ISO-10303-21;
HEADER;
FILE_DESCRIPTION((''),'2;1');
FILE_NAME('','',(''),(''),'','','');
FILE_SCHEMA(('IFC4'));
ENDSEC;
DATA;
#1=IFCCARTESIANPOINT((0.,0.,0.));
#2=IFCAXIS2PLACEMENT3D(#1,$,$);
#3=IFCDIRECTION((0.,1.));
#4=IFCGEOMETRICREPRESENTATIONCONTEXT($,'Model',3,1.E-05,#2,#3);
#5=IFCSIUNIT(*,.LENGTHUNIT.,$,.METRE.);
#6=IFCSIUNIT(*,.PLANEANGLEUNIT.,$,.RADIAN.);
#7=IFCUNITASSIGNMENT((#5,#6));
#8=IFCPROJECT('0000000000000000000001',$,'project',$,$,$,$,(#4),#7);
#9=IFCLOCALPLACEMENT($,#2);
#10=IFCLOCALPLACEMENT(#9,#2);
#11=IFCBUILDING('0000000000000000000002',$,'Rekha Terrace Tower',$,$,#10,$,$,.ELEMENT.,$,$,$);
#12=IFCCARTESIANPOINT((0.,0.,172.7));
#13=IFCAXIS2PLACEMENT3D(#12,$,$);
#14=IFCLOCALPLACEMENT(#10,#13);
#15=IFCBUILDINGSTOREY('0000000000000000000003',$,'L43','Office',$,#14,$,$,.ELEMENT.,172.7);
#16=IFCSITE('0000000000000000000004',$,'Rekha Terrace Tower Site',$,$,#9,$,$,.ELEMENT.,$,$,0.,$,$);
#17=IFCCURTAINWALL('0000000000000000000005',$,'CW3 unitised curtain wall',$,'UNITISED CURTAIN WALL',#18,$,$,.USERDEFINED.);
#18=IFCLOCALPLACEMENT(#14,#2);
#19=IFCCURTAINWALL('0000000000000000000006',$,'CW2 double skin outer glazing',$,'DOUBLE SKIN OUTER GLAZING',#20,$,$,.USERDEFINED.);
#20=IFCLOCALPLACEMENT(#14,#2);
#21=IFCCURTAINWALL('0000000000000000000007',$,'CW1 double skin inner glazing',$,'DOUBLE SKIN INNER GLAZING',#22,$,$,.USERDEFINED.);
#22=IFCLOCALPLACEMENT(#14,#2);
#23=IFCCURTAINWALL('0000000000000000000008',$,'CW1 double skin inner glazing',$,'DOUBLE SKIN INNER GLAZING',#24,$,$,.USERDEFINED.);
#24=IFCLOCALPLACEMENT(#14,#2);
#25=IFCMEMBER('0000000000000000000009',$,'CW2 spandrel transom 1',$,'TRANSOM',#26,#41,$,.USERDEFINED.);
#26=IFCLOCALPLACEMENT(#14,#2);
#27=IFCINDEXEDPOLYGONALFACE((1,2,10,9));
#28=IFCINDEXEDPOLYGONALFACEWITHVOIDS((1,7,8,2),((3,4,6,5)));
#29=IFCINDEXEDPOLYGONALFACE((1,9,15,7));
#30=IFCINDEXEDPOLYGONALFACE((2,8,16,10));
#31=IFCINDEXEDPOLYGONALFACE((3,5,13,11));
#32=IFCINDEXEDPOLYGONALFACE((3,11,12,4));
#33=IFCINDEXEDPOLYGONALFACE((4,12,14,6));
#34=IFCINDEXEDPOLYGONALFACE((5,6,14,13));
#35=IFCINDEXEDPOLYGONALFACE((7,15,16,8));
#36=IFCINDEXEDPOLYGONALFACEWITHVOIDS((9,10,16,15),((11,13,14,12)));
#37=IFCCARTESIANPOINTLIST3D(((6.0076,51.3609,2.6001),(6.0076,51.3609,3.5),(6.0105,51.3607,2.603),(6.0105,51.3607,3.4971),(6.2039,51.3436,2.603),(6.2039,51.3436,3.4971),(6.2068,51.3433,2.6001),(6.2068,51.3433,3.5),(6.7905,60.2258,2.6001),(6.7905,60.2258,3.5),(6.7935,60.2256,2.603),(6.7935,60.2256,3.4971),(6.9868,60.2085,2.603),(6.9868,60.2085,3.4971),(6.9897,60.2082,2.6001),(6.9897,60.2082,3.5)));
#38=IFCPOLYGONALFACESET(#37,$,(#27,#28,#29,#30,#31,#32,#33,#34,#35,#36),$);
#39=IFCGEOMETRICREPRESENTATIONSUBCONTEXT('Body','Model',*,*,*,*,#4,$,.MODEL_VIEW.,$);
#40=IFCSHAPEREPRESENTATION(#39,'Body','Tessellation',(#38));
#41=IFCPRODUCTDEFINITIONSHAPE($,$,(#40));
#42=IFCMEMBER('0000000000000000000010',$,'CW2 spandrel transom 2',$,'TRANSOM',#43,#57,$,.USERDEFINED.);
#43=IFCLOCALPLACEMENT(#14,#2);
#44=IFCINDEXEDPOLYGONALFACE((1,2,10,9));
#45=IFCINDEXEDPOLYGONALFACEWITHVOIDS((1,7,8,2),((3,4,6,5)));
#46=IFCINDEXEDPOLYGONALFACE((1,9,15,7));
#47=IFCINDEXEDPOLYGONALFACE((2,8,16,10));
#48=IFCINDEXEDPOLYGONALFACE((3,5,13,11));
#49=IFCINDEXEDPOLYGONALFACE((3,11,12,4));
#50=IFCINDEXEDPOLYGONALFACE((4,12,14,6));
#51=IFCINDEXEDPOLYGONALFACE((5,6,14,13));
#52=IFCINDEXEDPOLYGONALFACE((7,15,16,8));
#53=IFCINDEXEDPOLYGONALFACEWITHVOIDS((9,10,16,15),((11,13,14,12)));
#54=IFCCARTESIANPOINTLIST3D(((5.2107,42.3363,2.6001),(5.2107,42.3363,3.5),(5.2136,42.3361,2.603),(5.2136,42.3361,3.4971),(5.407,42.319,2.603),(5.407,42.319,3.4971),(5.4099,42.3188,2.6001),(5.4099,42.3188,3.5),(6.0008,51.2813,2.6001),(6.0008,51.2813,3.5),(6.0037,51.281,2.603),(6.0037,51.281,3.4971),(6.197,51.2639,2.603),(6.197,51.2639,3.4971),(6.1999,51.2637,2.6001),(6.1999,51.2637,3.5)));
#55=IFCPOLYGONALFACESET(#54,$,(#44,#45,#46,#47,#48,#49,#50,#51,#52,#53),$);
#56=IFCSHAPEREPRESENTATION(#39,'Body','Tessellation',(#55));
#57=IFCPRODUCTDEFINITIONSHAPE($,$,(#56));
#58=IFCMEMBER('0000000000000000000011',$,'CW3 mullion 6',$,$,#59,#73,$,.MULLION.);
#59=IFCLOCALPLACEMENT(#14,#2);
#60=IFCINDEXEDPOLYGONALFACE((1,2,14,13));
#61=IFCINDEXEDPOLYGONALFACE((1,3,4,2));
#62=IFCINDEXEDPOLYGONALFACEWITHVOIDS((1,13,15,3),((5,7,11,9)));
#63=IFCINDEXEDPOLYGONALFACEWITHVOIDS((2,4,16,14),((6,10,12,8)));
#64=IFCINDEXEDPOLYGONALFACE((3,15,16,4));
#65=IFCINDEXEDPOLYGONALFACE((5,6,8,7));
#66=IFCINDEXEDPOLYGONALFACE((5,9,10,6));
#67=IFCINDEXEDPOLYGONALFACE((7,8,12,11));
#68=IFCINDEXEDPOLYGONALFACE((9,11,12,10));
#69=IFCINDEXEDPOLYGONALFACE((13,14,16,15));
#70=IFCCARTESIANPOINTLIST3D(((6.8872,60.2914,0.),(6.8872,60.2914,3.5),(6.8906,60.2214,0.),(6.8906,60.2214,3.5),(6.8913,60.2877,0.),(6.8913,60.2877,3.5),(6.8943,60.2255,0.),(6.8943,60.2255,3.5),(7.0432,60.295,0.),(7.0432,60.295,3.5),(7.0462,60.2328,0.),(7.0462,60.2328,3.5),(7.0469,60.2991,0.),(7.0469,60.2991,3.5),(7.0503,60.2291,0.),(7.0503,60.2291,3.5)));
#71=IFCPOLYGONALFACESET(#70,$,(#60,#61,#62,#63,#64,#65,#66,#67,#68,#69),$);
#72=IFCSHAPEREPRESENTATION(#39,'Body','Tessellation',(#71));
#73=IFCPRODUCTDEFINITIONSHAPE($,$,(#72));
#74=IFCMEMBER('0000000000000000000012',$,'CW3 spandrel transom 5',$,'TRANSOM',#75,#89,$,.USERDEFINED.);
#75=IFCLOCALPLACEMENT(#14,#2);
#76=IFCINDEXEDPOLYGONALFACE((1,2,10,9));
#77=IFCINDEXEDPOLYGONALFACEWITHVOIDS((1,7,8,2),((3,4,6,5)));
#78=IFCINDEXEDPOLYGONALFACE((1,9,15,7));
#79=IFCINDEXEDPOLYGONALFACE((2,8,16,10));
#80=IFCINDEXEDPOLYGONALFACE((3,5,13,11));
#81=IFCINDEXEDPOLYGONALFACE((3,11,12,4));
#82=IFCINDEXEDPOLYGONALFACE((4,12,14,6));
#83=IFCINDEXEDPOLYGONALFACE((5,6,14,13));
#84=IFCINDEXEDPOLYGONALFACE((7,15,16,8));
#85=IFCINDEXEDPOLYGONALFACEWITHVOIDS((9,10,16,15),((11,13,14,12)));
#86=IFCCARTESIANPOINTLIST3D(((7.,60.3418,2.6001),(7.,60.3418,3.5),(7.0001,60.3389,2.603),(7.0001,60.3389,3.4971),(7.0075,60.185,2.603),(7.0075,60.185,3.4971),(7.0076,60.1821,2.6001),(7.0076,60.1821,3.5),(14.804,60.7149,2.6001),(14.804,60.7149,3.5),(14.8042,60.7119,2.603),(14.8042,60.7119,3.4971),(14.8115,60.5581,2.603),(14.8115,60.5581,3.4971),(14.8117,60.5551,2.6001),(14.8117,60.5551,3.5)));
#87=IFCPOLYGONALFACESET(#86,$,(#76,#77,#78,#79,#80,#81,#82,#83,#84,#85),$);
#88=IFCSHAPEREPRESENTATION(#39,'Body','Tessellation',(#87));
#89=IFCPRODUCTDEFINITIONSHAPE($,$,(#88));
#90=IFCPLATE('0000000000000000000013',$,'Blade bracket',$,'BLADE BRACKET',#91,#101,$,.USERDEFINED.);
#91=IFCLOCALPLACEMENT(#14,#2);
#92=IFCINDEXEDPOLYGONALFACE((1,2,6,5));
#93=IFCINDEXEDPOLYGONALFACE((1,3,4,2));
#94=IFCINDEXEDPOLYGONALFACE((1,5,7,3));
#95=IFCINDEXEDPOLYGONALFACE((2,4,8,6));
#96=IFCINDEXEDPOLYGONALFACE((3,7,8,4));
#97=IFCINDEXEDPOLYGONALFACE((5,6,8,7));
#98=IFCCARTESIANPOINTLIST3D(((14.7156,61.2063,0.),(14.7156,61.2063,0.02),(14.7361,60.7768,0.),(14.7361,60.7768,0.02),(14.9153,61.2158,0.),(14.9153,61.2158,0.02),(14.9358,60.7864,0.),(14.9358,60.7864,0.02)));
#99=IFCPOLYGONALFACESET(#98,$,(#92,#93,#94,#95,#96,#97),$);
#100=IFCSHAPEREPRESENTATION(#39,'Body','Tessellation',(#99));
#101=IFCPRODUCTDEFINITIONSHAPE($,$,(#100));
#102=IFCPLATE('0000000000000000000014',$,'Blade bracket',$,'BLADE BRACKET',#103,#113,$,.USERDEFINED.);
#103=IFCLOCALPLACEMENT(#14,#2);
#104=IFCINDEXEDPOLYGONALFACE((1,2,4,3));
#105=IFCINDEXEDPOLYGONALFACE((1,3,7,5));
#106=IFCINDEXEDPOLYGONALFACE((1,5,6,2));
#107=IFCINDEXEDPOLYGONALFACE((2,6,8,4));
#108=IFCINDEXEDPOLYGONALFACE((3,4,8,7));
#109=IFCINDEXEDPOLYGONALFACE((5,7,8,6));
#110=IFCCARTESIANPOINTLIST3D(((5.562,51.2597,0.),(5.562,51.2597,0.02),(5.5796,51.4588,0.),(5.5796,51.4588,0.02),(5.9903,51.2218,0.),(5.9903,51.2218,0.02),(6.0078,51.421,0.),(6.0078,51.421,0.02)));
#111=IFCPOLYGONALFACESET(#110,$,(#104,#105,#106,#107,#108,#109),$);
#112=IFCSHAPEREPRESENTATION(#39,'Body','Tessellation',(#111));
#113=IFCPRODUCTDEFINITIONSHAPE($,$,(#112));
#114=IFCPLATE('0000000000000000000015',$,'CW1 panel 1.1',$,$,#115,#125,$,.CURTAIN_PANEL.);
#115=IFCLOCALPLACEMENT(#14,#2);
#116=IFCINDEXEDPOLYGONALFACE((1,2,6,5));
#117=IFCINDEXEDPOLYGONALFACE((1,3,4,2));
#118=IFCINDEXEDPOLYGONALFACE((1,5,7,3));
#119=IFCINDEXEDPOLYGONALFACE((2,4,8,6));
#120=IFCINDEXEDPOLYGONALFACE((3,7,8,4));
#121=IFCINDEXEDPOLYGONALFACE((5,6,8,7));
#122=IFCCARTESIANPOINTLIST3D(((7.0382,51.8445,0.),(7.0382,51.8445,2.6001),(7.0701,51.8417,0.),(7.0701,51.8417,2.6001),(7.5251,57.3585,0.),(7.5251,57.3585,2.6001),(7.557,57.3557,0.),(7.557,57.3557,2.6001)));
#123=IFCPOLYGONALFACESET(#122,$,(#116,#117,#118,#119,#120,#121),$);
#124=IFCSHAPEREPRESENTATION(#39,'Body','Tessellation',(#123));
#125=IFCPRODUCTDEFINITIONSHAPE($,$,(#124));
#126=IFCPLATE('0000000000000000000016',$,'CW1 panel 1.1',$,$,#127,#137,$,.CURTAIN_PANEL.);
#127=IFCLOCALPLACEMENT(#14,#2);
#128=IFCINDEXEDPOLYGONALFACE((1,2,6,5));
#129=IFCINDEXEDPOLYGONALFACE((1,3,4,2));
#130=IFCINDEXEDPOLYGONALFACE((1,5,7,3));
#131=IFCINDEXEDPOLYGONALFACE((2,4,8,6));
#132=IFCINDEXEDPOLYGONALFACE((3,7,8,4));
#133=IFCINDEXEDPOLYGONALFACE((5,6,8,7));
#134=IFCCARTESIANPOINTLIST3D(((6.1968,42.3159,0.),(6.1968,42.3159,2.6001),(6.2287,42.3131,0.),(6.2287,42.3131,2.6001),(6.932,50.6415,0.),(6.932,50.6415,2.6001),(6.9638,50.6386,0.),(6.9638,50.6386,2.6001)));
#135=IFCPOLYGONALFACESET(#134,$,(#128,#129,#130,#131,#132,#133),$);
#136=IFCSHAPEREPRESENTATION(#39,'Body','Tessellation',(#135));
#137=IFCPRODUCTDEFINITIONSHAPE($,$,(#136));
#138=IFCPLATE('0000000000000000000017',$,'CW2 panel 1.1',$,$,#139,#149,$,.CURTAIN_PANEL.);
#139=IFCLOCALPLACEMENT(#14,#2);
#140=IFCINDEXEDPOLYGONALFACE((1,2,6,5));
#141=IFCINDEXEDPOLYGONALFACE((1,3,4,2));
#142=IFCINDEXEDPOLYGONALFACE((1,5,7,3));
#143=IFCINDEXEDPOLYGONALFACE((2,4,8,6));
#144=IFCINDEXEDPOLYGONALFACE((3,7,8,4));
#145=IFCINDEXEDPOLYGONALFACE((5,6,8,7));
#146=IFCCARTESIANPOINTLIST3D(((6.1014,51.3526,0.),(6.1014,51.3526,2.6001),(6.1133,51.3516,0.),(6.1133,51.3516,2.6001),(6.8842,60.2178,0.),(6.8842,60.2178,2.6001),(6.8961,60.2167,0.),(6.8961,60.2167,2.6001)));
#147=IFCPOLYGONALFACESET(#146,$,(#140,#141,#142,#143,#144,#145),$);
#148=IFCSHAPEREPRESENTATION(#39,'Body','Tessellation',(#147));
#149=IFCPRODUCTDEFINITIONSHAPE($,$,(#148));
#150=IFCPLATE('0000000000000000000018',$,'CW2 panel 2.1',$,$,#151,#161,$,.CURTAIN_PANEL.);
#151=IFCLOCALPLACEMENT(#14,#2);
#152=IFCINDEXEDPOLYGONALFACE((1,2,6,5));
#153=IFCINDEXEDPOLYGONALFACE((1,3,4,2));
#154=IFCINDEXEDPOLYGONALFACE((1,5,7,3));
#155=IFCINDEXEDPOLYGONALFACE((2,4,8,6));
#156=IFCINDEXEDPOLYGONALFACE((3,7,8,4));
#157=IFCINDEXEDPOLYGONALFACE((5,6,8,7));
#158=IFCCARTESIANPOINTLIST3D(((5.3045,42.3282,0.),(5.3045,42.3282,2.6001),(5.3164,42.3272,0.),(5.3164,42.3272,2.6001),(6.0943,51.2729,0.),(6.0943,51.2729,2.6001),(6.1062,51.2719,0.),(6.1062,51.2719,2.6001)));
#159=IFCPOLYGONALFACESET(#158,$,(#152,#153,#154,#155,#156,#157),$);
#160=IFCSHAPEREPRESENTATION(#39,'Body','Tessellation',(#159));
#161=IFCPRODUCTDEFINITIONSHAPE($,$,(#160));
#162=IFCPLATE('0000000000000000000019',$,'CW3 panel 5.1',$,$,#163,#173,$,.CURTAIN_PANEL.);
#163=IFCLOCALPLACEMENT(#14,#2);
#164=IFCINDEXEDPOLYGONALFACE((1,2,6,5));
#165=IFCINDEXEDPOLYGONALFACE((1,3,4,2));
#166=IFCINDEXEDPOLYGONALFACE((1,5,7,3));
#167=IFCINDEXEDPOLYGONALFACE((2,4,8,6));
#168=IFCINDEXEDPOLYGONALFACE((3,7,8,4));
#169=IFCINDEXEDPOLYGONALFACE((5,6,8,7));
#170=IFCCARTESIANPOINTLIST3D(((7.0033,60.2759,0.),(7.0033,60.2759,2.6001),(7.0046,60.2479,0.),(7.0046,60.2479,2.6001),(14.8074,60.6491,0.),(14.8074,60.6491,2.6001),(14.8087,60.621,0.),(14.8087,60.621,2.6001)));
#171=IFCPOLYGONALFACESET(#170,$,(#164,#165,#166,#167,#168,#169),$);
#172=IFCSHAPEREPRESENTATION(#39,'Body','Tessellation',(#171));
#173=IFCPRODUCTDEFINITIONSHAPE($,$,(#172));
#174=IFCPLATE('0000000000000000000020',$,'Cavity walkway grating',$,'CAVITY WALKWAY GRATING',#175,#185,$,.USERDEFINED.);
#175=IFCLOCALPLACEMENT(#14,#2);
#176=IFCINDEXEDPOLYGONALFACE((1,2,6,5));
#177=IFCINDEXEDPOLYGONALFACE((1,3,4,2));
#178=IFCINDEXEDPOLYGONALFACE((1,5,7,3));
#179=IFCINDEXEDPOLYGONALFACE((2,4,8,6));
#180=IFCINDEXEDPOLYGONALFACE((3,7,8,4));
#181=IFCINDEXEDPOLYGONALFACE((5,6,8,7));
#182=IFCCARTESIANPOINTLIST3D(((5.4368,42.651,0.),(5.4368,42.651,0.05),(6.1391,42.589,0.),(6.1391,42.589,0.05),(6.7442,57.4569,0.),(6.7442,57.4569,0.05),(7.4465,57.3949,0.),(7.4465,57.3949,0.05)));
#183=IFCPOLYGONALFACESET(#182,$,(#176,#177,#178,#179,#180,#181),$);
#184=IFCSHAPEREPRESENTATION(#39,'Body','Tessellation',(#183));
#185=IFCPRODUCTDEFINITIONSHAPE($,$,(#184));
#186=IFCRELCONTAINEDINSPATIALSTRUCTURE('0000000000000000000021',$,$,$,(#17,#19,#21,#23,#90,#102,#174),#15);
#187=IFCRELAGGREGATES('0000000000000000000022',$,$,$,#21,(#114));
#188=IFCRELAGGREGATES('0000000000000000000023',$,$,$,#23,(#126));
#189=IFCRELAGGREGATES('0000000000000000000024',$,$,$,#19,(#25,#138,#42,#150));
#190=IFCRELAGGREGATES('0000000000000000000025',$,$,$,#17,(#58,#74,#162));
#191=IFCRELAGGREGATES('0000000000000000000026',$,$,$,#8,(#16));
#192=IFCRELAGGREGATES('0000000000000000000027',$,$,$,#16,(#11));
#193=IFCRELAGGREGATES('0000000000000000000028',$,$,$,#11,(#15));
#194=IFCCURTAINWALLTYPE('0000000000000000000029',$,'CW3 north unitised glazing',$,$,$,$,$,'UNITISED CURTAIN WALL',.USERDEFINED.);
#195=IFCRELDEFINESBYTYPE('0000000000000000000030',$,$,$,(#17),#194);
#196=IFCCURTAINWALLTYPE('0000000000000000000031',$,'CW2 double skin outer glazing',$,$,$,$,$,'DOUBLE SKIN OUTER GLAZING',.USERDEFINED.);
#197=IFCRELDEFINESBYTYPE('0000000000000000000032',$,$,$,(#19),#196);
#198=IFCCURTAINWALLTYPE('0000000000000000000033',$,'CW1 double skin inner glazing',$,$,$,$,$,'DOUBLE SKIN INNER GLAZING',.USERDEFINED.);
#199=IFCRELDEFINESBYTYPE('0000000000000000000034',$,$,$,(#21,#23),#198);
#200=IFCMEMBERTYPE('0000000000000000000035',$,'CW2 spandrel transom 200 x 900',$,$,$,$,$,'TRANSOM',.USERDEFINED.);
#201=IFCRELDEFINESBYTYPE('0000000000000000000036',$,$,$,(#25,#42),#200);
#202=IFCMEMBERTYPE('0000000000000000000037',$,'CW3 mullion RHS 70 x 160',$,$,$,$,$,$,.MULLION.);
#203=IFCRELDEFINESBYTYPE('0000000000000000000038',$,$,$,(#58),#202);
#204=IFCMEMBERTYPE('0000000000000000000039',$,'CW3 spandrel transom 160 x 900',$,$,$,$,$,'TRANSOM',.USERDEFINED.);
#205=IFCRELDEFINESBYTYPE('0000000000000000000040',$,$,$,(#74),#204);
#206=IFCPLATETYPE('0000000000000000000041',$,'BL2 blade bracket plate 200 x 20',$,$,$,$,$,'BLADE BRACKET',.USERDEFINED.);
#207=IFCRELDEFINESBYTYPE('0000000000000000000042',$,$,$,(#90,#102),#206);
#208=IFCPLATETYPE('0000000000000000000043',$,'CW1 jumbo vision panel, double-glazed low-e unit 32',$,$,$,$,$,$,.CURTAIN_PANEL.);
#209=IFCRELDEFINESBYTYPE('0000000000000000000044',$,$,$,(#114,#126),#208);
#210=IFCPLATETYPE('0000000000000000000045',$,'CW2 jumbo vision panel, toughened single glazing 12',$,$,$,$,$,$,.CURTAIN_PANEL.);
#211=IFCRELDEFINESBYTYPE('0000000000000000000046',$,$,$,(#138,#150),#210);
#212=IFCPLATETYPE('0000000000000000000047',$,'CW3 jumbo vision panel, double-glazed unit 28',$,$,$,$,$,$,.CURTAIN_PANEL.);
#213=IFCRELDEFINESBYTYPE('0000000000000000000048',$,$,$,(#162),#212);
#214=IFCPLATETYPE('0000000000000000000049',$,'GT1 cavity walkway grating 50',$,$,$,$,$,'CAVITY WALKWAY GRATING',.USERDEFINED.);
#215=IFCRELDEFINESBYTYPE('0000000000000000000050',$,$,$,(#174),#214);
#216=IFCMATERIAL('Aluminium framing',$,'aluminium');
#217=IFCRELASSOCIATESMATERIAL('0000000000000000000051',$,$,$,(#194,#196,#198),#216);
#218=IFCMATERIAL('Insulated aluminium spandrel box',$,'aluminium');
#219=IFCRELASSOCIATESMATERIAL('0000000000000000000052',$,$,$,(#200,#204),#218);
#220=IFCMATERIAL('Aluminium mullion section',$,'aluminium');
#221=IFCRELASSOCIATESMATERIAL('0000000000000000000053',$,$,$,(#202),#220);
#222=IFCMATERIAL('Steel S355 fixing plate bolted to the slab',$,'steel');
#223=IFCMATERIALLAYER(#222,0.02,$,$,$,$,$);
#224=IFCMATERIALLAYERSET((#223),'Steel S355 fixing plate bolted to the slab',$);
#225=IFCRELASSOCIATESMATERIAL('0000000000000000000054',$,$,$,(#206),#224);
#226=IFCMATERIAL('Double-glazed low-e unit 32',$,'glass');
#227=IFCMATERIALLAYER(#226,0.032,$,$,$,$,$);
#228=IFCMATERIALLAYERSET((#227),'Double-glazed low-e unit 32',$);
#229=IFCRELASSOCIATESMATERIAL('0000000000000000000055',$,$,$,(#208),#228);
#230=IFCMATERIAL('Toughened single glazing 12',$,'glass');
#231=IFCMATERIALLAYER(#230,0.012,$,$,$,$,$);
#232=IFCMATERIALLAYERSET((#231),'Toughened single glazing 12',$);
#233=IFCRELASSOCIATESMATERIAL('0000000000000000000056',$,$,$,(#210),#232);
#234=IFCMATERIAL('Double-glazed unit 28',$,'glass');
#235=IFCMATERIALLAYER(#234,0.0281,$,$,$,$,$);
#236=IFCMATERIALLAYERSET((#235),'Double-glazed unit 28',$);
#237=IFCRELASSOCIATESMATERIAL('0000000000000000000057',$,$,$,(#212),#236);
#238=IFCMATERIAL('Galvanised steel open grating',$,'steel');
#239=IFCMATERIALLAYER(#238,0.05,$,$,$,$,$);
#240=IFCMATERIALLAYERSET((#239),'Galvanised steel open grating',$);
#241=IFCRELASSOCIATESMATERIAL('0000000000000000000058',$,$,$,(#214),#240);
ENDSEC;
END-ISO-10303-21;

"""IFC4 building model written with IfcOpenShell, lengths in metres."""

from ifc_helpers import new_model, si_unit, direction, frame, origin, origin_2d, place, context, subcontext, project, spatial, rectangle, hollow_rectangle, extrude, material, layer, layer_set, material_profile, profile_set, type_object, element, aggregate, save


model = new_model("IFC4")

# Units and contexts
model_context = context("Model", 3, precision=1e-05, world=origin(), true_north=direction((0.0, 1.0)))
body_context = subcontext(model_context, "Body", "Model", "MODEL_VIEW")
ifc_project = project(units=[si_unit("LENGTHUNIT", "METRE"), si_unit("PLANEANGLEUNIT", "RADIAN")], contexts=[model_context])

# Site, building, storey
site_placement = place(None, origin())
site = spatial("IfcSite", under=ifc_project, at=site_placement, Name="Rekha Terrace Tower Site", CompositionType="ELEMENT", RefElevation=0.0)
building_placement = place(site_placement, origin())
building = spatial("IfcBuilding", under=site, at=building_placement, Name="Rekha Terrace Tower", CompositionType="ELEMENT")
storey_placement = place(building_placement, frame((0.0, 0.0, 172.7)))
storey = spatial("IfcBuildingStorey", under=building, at=storey_placement, Name="L43", Description="Office", CompositionType="ELEMENT", Elevation=172.7)

# Curtain walls
ifc_material_1 = material(Name="Aluminium framing", Category="aluminium")
curtain_wall_type_1 = type_object("IfcCurtainWallType", Name="CW3 north unitised glazing", ElementType="UNITISED CURTAIN WALL", PredefinedType="USERDEFINED", material=ifc_material_1)
curtain_wall_1_placement = place(storey_placement, origin())
curtain_wall_1 = element("IfcCurtainWall", 1, at=curtain_wall_1_placement, inside=storey, type_object=curtain_wall_type_1, Name="CW3 unitised curtain wall", ObjectType="UNITISED CURTAIN WALL", PredefinedType="USERDEFINED")
curtain_wall_type_2 = type_object("IfcCurtainWallType", Name="CW2 double skin outer glazing", ElementType="DOUBLE SKIN OUTER GLAZING", PredefinedType="USERDEFINED", material=ifc_material_1)
curtain_wall_2_placement = place(storey_placement, origin())
curtain_wall_2 = element("IfcCurtainWall", 2, at=curtain_wall_2_placement, inside=storey, type_object=curtain_wall_type_2, Name="CW2 double skin outer glazing", ObjectType="DOUBLE SKIN OUTER GLAZING", PredefinedType="USERDEFINED")

# Curtain wall
curtain_wall_type_3 = type_object("IfcCurtainWallType", Name="CW1 double skin inner glazing", ElementType="DOUBLE SKIN INNER GLAZING", PredefinedType="USERDEFINED", material=ifc_material_1)
curtain_wall_3_placement = place(storey_placement, origin())
curtain_wall_3 = element("IfcCurtainWall", 3, at=curtain_wall_3_placement, inside=storey, type_object=curtain_wall_type_3, Name="CW1 double skin inner glazing", ObjectType="DOUBLE SKIN INNER GLAZING", PredefinedType="USERDEFINED")
ifc_material_2 = material(Name="Aluminium mullion section", Category="aluminium")

# Curtain wall
curtain_wall_4_placement = place(storey_placement, origin())
curtain_wall_4 = element("IfcCurtainWall", 4, at=curtain_wall_4_placement, inside=storey, type_object=curtain_wall_type_3, Name="CW1 double skin inner glazing", ObjectType="DOUBLE SKIN INNER GLAZING", PredefinedType="USERDEFINED")

# Members
ifc_material_3 = material(Name="Insulated aluminium spandrel box", Category="aluminium")
ifc_material_profile_1 = material_profile(ifc_material_3, hollow_rectangle(XDim=0.2, YDim=0.8999, WallThickness=0.0029, at=origin_2d()), Name="AL SPANDREL BOX 200x900")
ifc_profile_set_1 = profile_set([ifc_material_profile_1], Name="Insulated aluminium spandrel box")
member_type_1 = type_object("IfcMemberType", Name="CW2 spandrel transom 200 x 900", ElementType="TRANSOM", PredefinedType="USERDEFINED", material=ifc_profile_set_1)
member_1_placement = place(storey_placement, frame((6.8901, 60.217, 3.05), z_axis=(-0.087978, -0.996122, 0.0), x_axis=(0.996122, -0.087978, 0.0)))
member_1 = element("IfcMember", 5, at=member_1_placement, type_object=member_type_1, Name="CW2 spandrel transom 1", ObjectType="TRANSOM", PredefinedType="USERDEFINED", context=body_context, shape_type="SweptSolid", body=[
    extrude(hollow_rectangle(XDim=0.2, YDim=0.8999, WallThickness=0.0029, at=origin_2d()), origin(), (0.0, 0.0, 1.0), 8.8994),
])
member_2_placement = place(storey_placement, frame((6.1003, 51.2725, 3.05), z_axis=(-0.087981, -0.996122, 0.0), x_axis=(0.996122, -0.087981, 0.0)))
member_2 = element("IfcMember", 6, at=member_2_placement, type_object=member_type_1, Name="CW2 spandrel transom 2", ObjectType="TRANSOM", PredefinedType="USERDEFINED", context=body_context, shape_type="SweptSolid", body=[
    extrude(hollow_rectangle(XDim=0.2, YDim=0.8999, WallThickness=0.0029, at=origin_2d()), origin(), (0.0, 0.0, 1.0), 8.9797),
])
ifc_material_profile_2 = material_profile(ifc_material_2, hollow_rectangle(XDim=0.0701, YDim=0.1599, WallThickness=0.0039, at=origin_2d()), Name="AL RHS 70x160")
ifc_profile_set_2 = profile_set([ifc_material_profile_2], Name="Aluminium mullion section")
member_type_2 = type_object("IfcMemberType", Name="CW3 mullion RHS 70 x 160", PredefinedType="MULLION", material=ifc_profile_set_2)
member_3_placement = place(storey_placement, frame((6.9688, 60.2603, 0.0), z_axis=(0.0, 0.0, 1.0), x_axis=(0.047759, -0.998859, 0.0)))
member_3 = element("IfcMember", 7, at=member_3_placement, type_object=member_type_2, Name="CW3 mullion 6", PredefinedType="MULLION", context=body_context, shape_type="SweptSolid", body=[
    extrude(hollow_rectangle(XDim=0.0701, YDim=0.1599, WallThickness=0.0039, at=origin_2d()), origin(), (0.0, 0.0, 1.0), 3.5),
])
ifc_material_profile_3 = material_profile(ifc_material_3, hollow_rectangle(XDim=0.1599, YDim=0.8999, WallThickness=0.0029, at=origin_2d()), Name="AL SPANDREL BOX 160x900")
ifc_profile_set_3 = profile_set([ifc_material_profile_3], Name="Insulated aluminium spandrel box")
member_type_3 = type_object("IfcMemberType", Name="CW3 spandrel transom 160 x 900", ElementType="TRANSOM", PredefinedType="USERDEFINED", material=ifc_profile_set_3)
member_4_placement = place(storey_placement, frame((14.8079, 60.635, 3.05), z_axis=(-0.998859, -0.047748, 0.0), x_axis=(0.047748, -0.998859, 0.0)))
member_4 = element("IfcMember", 8, at=member_4_placement, type_object=member_type_3, Name="CW3 spandrel transom 5", ObjectType="TRANSOM", PredefinedType="USERDEFINED", context=body_context, shape_type="SweptSolid", body=[
    extrude(hollow_rectangle(XDim=0.1599, YDim=0.8999, WallThickness=0.0029, at=origin_2d()), origin(), (0.0, 0.0, 1.0), 7.813),
])

# Plates
ifc_material_4 = material(Name="Steel S355 fixing plate bolted to the slab", Category="steel")
ifc_layer_1 = layer(ifc_material_4, 0.02)
ifc_layer_set_1 = layer_set([ifc_layer_1], Name="Steel S355 fixing plate bolted to the slab")
plate_type_1 = type_object("IfcPlateType", Name="BL2 blade bracket plate 200 x 20", ElementType="BLADE BRACKET", PredefinedType="USERDEFINED", material=ifc_layer_set_1)
for number, where, z_axis, x_axis, name in (
    (9, (14.8257, 60.9963, 0.0), (0.0, 0.0, 1.0), (-0.047758, 0.998859, 0.0), "Blade bracket"),
    (10, (5.7849, 51.3403, 0.0), (0.0, 0.0, 1.0), (-0.996124, 0.087957, 0.0), "Blade bracket"),
):
    element("IfcPlate", number, at=place(storey_placement, frame(where, z_axis=z_axis, x_axis=x_axis)), inside=storey, type_object=plate_type_1, Name=name, ObjectType="BLADE BRACKET", PredefinedType="USERDEFINED", context=body_context, shape_type="SweptSolid", body=[
        extrude(rectangle(XDim=0.4299, YDim=0.2, at=origin_2d()), origin(), (0.0, 0.0, 1.0), 0.02),
    ])

# Plates
ifc_material_5 = material(Name="Double-glazed low-e unit 32", Category="glass")
ifc_layer_2 = layer(ifc_material_5, 0.032)
ifc_layer_set_2 = layer_set([ifc_layer_2], Name="Double-glazed low-e unit 32")
plate_type_2 = type_object("IfcPlateType", Name="CW1 jumbo vision panel, double-glazed low-e unit 32", PredefinedType="CURTAIN_PANEL", material=ifc_layer_set_2)
plate_1_placement = place(storey_placement, frame((7.2976, 54.6001, 0.0), z_axis=(0.0, 0.0, 1.0), x_axis=(-0.087958, -0.996124, 0.0)))
plate_1 = element("IfcPlate", 11, at=plate_1_placement, type_object=plate_type_2, Name="CW1 panel 1.1", PredefinedType="CURTAIN_PANEL", context=body_context, shape_type="SweptSolid", body=[
    extrude(rectangle(XDim=5.5354, YDim=0.032, at=origin_2d()), origin(), (0.0, 0.0, 1.0), 2.6001),
])
aggregate(curtain_wall_3, [plate_1])
plate_2_placement = place(storey_placement, frame((6.5803, 46.4773, 0.0), z_axis=(0.0, 0.0, 1.0), x_axis=(-0.087958, -0.996124, 0.0)))
plate_2 = element("IfcPlate", 12, at=plate_2_placement, type_object=plate_type_2, Name="CW1 panel 1.1", PredefinedType="CURTAIN_PANEL", context=body_context, shape_type="SweptSolid", body=[
    extrude(rectangle(XDim=8.3579, YDim=0.032, at=origin_2d()), origin(), (0.0, 0.0, 1.0), 2.6001),
])
aggregate(curtain_wall_4, [plate_2])
ifc_material_6 = material(Name="Toughened single glazing 12", Category="glass")
ifc_layer_3 = layer(ifc_material_6, 0.012)
ifc_layer_set_3 = layer_set([ifc_layer_3], Name="Toughened single glazing 12")
plate_type_3 = type_object("IfcPlateType", Name="CW2 jumbo vision panel, toughened single glazing 12", PredefinedType="CURTAIN_PANEL", material=ifc_layer_set_3)
plate_3_placement = place(storey_placement, frame((6.4988, 55.7847, 0.0), z_axis=(0.0, 0.0, 1.0), x_axis=(-0.087958, -0.996124, 0.0)))
plate_3 = element("IfcPlate", 13, at=plate_3_placement, type_object=plate_type_3, Name="CW2 panel 1.1", PredefinedType="CURTAIN_PANEL", context=body_context, shape_type="SweptSolid", body=[
    extrude(rectangle(XDim=8.8997, YDim=0.012, at=origin_2d()), origin(), (0.0, 0.0, 1.0), 2.6001),
])
plate_4_placement = place(storey_placement, frame((5.7053, 46.8, 0.0), z_axis=(0.0, 0.0, 1.0), x_axis=(-0.087958, -0.996124, 0.0)))
plate_4 = element("IfcPlate", 14, at=plate_4_placement, type_object=plate_type_3, Name="CW2 panel 2.1", PredefinedType="CURTAIN_PANEL", context=body_context, shape_type="SweptSolid", body=[
    extrude(rectangle(XDim=8.9795, YDim=0.012, at=origin_2d()), origin(), (0.0, 0.0, 1.0), 2.6001),
])
aggregate(curtain_wall_2, [member_1, plate_3, member_2, plate_4])
ifc_material_7 = material(Name="Double-glazed unit 28", Category="glass")
ifc_layer_4 = layer(ifc_material_7, 0.0281)
ifc_layer_set_4 = layer_set([ifc_layer_4], Name="Double-glazed unit 28")
plate_type_4 = type_object("IfcPlateType", Name="CW3 jumbo vision panel, double-glazed unit 28", PredefinedType="CURTAIN_PANEL", material=ifc_layer_set_4)
plate_5_placement = place(storey_placement, frame((10.906, 60.4485, 0.0), z_axis=(0.0, 0.0, 1.0), x_axis=(-0.998859, -0.047759, 0.0)))
plate_5 = element("IfcPlate", 15, at=plate_5_placement, type_object=plate_type_4, Name="CW3 panel 5.1", PredefinedType="CURTAIN_PANEL", context=body_context, shape_type="SweptSolid", body=[
    extrude(rectangle(XDim=7.813, YDim=0.0281, at=origin_2d()), origin(), (0.0, 0.0, 1.0), 2.6001),
])
aggregate(curtain_wall_1, [member_3, member_4, plate_5])
ifc_material_8 = material(Name="Galvanised steel open grating", Category="steel")
ifc_layer_5 = layer(ifc_material_8, 0.05)
ifc_layer_set_5 = layer_set([ifc_layer_5], Name="Galvanised steel open grating")
plate_type_5 = type_object("IfcPlateType", Name="GT1 cavity walkway grating 50", ElementType="CAVITY WALKWAY GRATING", PredefinedType="USERDEFINED", material=ifc_layer_set_5)
plate_6_placement = place(storey_placement, frame((6.4417, 50.0229, 0.0), z_axis=(0.0, 0.0, 1.0), x_axis=(-0.087958, -0.996124, 0.0)))
element("IfcPlate", 16, at=plate_6_placement, inside=storey, type_object=plate_type_5, Name="Cavity walkway grating", ObjectType="CAVITY WALKWAY GRATING", PredefinedType="USERDEFINED", context=body_context, shape_type="SweptSolid", body=[
    extrude(rectangle(XDim=14.8635, YDim=0.7051, at=origin_2d()), origin(), (0.0, 0.0, 1.0), 0.05),
])

save(model, "model.ifc")
